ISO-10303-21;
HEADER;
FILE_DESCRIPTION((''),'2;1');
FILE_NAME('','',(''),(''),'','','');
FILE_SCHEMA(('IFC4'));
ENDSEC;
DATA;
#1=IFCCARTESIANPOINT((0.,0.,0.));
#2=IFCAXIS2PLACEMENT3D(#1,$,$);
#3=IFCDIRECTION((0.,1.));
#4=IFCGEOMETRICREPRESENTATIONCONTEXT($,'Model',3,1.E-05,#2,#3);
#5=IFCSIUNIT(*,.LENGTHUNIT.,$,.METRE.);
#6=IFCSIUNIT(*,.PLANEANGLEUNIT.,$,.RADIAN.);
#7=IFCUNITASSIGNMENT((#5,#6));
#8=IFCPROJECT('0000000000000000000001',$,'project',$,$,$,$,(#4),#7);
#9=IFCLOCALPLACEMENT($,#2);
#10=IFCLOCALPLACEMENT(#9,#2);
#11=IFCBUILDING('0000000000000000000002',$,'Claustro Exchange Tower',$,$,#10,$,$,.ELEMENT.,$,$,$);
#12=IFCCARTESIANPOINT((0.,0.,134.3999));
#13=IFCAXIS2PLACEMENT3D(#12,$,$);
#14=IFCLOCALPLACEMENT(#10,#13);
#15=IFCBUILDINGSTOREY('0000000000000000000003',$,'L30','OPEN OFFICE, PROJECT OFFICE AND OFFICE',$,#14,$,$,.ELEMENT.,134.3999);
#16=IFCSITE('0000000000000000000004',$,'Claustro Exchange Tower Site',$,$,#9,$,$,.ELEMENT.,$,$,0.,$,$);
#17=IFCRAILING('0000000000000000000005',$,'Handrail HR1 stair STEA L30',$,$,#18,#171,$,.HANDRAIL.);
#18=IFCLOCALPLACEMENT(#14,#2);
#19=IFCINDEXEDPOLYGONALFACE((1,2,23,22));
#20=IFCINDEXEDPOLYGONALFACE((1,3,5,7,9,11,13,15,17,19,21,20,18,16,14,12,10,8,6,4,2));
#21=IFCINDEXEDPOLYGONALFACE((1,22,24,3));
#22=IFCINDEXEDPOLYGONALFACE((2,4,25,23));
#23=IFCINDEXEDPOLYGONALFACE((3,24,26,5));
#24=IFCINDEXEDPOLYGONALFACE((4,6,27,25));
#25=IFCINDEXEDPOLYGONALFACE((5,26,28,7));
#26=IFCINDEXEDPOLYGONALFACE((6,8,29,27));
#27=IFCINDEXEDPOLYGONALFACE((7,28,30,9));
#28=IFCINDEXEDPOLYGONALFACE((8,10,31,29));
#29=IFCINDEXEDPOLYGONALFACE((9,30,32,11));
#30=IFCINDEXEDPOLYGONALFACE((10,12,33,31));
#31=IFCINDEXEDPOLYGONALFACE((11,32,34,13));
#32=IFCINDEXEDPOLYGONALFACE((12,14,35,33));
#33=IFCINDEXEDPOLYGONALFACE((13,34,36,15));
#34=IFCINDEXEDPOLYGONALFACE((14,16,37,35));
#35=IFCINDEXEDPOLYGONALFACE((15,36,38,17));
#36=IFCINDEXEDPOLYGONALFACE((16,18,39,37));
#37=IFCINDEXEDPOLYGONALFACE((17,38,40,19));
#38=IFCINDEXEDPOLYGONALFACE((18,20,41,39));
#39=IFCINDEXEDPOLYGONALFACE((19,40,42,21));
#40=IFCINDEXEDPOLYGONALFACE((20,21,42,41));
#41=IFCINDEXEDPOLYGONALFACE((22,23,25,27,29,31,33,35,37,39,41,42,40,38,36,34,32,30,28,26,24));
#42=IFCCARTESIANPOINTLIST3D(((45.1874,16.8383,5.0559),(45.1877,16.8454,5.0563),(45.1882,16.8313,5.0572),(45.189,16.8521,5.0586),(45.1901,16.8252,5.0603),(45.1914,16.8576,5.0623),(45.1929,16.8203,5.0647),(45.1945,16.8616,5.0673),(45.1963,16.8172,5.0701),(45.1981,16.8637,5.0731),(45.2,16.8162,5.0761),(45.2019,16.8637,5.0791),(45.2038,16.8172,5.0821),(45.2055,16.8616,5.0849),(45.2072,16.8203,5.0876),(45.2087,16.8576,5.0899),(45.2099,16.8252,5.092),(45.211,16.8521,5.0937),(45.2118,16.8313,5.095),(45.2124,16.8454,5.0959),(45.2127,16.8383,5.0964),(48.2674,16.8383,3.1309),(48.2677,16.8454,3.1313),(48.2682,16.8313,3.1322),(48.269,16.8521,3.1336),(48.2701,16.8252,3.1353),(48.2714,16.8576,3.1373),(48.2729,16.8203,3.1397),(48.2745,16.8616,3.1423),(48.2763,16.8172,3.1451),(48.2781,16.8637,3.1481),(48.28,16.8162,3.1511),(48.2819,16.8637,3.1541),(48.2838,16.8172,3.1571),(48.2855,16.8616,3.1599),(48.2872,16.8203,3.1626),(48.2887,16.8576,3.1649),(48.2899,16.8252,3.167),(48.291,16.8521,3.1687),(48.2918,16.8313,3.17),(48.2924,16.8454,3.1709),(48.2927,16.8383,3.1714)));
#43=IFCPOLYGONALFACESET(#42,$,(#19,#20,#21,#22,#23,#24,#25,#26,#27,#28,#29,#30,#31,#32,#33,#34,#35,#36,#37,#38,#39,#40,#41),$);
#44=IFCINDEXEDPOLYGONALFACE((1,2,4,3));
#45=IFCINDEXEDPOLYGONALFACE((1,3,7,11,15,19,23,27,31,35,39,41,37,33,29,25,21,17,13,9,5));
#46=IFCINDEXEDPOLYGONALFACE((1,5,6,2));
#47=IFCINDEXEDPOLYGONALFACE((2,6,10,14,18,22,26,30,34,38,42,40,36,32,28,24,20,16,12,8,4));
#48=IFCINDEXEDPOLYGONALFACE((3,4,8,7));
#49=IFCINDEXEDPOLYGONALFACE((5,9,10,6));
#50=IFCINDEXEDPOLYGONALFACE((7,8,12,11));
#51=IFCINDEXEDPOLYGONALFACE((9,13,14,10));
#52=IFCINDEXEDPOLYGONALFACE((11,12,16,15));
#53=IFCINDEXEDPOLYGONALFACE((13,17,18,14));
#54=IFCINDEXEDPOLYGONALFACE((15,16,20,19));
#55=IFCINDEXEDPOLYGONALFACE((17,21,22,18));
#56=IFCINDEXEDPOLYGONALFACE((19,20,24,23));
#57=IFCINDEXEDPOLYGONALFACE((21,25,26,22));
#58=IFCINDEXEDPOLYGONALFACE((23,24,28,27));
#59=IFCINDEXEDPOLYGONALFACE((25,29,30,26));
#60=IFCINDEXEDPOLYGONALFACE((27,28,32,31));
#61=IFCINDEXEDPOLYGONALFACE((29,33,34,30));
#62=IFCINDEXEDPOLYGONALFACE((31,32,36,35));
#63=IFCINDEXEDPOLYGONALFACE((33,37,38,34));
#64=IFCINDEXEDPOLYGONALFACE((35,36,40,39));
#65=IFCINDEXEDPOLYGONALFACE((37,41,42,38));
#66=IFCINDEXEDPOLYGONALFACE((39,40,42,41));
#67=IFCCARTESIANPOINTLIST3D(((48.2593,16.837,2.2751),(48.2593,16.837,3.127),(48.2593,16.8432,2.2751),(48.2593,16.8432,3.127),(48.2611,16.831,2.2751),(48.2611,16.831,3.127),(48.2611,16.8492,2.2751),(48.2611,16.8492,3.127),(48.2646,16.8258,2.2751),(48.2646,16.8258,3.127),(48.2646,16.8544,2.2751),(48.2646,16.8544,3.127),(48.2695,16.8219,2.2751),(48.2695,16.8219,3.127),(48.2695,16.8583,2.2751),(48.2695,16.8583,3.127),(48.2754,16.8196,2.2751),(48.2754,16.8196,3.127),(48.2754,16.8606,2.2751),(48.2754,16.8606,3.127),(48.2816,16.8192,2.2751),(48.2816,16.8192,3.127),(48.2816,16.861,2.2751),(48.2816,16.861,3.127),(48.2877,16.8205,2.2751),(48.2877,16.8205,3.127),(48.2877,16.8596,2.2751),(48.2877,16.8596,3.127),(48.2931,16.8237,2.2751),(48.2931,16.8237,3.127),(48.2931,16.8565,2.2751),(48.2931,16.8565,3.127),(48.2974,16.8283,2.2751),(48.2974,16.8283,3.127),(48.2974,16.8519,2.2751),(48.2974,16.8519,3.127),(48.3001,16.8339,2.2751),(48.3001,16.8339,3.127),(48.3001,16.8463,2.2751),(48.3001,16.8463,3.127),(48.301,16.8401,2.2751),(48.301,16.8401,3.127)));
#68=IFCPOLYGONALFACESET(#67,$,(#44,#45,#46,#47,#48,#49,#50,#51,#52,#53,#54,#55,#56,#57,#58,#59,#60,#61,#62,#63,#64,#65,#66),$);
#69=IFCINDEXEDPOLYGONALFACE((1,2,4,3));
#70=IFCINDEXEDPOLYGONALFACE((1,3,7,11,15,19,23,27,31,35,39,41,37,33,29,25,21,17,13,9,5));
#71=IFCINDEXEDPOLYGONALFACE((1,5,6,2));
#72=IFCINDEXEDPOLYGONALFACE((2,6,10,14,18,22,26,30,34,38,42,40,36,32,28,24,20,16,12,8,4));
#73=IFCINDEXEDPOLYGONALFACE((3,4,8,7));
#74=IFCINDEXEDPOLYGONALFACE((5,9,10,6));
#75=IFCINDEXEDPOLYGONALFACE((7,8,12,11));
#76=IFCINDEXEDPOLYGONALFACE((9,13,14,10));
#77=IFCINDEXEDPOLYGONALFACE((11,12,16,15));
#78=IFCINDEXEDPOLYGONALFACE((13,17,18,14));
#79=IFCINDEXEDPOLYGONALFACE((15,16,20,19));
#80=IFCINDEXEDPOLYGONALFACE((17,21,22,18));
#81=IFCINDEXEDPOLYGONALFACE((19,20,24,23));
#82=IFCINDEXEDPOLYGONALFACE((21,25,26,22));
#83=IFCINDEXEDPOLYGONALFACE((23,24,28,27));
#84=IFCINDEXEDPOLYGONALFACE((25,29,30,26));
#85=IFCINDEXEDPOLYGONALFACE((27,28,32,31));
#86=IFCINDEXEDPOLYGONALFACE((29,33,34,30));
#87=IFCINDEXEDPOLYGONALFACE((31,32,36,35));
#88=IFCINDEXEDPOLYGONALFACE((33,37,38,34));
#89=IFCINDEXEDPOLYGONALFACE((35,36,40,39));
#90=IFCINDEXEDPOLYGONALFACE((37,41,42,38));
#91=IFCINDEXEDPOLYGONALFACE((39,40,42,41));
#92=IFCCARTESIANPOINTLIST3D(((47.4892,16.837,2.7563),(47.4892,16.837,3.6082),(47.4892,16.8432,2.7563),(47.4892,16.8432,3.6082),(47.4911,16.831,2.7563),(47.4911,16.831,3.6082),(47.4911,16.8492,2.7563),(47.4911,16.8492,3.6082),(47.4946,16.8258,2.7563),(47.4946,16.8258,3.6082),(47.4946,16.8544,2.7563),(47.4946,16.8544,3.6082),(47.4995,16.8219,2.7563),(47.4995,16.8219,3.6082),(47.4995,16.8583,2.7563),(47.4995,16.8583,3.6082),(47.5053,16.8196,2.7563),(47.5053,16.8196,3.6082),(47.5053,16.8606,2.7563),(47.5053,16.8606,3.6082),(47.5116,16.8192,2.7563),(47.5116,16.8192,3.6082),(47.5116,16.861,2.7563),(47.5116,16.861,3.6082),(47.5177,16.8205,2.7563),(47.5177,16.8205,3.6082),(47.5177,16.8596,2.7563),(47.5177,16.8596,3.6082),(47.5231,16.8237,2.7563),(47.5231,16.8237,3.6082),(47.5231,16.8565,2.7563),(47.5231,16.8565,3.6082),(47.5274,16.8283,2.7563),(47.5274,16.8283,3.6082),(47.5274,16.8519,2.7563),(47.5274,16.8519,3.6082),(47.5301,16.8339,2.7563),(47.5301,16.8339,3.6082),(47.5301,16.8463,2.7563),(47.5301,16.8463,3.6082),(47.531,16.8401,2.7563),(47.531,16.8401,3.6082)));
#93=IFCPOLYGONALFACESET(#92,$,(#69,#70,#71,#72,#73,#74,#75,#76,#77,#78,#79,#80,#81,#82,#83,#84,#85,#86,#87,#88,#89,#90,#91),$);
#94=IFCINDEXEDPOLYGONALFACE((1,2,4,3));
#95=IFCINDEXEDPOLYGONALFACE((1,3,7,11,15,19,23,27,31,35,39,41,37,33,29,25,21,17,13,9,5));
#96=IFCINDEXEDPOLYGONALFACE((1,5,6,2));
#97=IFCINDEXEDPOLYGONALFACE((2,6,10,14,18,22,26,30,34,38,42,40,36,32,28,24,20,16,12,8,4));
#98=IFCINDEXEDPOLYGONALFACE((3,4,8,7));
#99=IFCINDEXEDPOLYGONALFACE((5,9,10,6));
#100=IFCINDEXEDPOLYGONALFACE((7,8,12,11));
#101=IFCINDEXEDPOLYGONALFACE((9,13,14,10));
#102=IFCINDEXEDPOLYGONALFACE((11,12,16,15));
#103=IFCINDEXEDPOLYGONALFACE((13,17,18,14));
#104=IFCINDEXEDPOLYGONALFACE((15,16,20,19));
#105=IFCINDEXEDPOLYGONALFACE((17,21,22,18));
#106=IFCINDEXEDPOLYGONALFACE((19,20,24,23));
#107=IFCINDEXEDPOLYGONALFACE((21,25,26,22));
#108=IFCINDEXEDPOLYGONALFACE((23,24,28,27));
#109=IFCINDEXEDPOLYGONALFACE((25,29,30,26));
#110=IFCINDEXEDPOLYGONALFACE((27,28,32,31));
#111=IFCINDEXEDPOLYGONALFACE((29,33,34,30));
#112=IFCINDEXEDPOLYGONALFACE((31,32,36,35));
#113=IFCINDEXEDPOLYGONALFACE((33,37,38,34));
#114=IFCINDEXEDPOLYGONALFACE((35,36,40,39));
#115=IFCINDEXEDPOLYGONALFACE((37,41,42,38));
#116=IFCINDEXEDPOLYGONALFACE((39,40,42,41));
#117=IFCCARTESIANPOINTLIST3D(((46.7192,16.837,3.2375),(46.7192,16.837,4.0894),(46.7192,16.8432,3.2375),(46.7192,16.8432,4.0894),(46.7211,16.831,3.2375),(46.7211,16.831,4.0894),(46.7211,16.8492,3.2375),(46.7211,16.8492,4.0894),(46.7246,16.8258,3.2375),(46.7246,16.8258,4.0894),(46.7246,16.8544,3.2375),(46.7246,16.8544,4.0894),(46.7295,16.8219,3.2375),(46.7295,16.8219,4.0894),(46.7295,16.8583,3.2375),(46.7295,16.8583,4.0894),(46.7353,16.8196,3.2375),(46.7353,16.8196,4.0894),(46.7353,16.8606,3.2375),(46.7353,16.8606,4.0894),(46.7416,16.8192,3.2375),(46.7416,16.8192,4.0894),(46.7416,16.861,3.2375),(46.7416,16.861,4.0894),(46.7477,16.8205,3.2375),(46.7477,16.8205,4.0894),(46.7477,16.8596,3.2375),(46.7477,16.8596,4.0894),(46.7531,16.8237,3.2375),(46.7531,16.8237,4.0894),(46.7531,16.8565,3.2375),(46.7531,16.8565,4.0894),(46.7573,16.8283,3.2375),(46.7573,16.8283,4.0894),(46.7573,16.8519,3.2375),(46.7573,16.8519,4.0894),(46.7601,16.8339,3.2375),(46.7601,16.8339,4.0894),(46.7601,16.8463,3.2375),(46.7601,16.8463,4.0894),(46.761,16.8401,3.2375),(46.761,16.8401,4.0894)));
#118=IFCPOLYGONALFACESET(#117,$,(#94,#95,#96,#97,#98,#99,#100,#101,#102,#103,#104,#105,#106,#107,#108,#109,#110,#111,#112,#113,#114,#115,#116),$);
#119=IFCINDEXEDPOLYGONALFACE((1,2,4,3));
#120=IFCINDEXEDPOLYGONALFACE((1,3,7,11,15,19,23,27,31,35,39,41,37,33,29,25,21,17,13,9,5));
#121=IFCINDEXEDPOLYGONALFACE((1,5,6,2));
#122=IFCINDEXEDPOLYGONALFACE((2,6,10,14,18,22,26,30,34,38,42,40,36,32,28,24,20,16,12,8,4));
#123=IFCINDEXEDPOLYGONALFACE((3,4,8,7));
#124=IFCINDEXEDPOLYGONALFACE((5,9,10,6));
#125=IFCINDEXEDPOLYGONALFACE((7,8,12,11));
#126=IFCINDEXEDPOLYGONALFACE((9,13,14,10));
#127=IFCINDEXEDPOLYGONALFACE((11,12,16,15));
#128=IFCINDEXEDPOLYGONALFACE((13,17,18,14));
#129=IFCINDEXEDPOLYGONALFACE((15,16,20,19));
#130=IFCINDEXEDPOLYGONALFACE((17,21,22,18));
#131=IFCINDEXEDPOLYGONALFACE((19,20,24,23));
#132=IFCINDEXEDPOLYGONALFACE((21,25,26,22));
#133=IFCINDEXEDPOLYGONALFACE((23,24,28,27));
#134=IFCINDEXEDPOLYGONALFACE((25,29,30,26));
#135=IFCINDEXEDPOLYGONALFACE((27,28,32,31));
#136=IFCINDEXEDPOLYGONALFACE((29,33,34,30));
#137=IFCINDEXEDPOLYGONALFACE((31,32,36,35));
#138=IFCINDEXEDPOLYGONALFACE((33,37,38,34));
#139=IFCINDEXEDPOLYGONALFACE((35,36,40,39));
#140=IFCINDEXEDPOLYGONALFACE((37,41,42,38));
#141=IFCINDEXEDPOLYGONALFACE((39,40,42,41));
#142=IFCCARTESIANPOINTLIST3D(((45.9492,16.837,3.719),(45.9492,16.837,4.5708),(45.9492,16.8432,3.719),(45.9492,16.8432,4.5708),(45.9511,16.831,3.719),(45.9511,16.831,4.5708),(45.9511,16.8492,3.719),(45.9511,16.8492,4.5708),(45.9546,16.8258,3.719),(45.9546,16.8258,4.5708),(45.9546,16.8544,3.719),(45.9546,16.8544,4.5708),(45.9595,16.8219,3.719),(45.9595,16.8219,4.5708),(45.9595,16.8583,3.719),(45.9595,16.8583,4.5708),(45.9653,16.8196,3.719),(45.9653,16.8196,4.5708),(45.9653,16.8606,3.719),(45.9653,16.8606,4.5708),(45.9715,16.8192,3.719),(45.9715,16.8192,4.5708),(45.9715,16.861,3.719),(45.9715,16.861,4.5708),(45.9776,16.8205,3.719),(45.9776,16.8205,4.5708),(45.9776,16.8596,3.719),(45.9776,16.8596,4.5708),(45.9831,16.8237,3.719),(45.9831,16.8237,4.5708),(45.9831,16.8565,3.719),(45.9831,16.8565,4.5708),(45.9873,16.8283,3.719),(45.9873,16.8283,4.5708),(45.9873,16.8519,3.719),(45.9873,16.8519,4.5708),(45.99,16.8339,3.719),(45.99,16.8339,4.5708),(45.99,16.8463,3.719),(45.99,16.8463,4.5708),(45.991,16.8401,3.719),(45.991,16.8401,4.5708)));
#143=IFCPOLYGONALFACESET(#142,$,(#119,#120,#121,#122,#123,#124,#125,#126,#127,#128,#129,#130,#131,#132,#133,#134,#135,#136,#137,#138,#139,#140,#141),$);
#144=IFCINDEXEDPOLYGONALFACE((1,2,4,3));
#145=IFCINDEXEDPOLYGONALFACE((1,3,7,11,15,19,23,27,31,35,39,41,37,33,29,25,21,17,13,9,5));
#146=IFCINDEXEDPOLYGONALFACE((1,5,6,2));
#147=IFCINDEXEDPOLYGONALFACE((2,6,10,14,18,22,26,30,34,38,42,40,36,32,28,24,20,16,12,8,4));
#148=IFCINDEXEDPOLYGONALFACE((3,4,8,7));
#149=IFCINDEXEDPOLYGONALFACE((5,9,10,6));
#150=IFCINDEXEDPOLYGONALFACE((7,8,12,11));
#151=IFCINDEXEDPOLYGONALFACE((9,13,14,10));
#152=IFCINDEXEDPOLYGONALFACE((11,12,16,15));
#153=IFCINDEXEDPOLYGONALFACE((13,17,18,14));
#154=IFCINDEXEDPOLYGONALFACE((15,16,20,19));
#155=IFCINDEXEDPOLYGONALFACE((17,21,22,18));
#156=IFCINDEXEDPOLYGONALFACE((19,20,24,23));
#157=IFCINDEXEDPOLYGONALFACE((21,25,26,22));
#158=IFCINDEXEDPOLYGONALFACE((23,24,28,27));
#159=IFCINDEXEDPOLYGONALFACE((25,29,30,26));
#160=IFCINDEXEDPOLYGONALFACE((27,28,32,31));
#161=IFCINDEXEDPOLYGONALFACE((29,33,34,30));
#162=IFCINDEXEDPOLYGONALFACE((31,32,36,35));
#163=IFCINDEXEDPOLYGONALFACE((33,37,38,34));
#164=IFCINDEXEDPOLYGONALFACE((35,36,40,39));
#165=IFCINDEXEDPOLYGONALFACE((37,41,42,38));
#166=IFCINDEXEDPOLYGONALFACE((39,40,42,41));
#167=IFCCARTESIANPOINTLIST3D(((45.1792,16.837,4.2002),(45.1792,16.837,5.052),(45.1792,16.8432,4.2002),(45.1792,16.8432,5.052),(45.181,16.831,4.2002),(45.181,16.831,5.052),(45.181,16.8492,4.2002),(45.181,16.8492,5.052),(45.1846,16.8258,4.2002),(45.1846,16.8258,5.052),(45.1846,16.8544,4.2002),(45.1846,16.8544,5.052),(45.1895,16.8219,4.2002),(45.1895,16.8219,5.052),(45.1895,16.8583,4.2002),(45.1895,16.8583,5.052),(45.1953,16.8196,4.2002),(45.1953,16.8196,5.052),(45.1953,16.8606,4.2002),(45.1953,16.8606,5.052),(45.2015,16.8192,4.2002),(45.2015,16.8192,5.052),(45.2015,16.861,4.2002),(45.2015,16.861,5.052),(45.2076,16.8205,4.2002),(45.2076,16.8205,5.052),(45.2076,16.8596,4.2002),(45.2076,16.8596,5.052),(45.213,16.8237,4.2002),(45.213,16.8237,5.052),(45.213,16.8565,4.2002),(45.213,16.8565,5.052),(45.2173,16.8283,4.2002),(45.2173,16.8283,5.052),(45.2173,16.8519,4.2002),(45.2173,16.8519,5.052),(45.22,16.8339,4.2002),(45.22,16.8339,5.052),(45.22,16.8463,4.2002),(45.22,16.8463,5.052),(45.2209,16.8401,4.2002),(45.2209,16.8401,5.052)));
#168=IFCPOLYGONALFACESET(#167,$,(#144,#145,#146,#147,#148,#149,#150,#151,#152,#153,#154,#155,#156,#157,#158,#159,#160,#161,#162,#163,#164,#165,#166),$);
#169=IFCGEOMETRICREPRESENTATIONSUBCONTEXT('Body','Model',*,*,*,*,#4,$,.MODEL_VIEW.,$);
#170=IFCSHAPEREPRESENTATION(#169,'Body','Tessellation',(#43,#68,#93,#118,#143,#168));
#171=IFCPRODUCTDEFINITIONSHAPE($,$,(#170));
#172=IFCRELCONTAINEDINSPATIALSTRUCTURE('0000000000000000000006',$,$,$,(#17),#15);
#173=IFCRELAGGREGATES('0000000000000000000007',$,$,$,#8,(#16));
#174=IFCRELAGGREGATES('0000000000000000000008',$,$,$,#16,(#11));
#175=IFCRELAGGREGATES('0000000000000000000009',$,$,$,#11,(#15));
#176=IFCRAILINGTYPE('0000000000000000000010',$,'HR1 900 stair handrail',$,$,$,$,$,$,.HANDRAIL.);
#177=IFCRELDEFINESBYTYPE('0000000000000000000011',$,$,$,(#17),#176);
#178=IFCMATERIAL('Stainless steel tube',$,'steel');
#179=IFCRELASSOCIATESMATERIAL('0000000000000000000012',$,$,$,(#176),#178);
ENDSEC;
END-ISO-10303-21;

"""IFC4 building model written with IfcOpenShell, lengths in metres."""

from ifc_helpers import new_model, si_unit, direction, frame, origin, origin_2d, place, context, subcontext, project, spatial, circle, extrude, material, type_object, element, save


model = new_model("IFC4")

# Units and contexts
model_context = context("Model", 3, precision=1e-05, world=origin(), true_north=direction((0.0, 1.0)))
body_context = subcontext(model_context, "Body", "Model", "MODEL_VIEW")
ifc_project = project(units=[si_unit("LENGTHUNIT", "METRE"), si_unit("PLANEANGLEUNIT", "RADIAN")], contexts=[model_context])

# Site, building, storey
site_placement = place(None, origin())
site = spatial("IfcSite", under=ifc_project, at=site_placement, Name="Claustro Exchange Tower Site", CompositionType="ELEMENT", RefElevation=0.0)
building_placement = place(site_placement, origin())
building = spatial("IfcBuilding", under=site, at=building_placement, Name="Claustro Exchange Tower", CompositionType="ELEMENT")
storey_placement = place(building_placement, frame((0.0, 0.0, 134.3999)))
storey = spatial("IfcBuildingStorey", under=building, at=storey_placement, Name="L30", Description="OPEN OFFICE, PROJECT OFFICE AND OFFICE", CompositionType="ELEMENT", Elevation=134.3999)

# Railing
ifc_material_1 = material(Name="Stainless steel tube", Category="steel")
railing_type_1 = type_object("IfcRailingType", Name="HR1 900 stair handrail", PredefinedType="HANDRAIL", material=ifc_material_1)
railing_1_placement = place(storey_placement, frame((48.28, 16.8401, 2.2751)))
element("IfcRailing", 1, at=railing_1_placement, inside=storey, type_object=railing_type_1, Name="Handrail HR1 stair STEA L30", PredefinedType="HANDRAIL", context=body_context, shape_type="SweptSolid", body=[
    extrude(circle(Radius=0.0239, at=origin_2d()), frame((0.0, 0.0, 0.876), z_axis=(-0.847998, 0.0, 0.529999), x_axis=(0.0, -1.0, 0.0)), (0.0, 0.0, 1.0), 3.6321),
    extrude(circle(Radius=0.021, at=origin_2d()), origin(), (0.0, 0.0, 1.0), 0.8518),
    extrude(circle(Radius=0.021, at=origin_2d()), frame((-0.77, 0.0, 0.4812)), (0.0, 0.0, 1.0), 0.8518),
    extrude(circle(Radius=0.021, at=origin_2d()), frame((-1.54, 0.0, 0.9624)), (0.0, 0.0, 1.0), 0.8518),
    extrude(circle(Radius=0.021, at=origin_2d()), frame((-2.3101, 0.0, 1.4438)), (0.0, 0.0, 1.0), 0.8518),
    extrude(circle(Radius=0.021, at=origin_2d()), frame((-3.0801, 0.0, 1.925)), (0.0, 0.0, 1.0), 0.8518),
])

save(model, "model.ifc")
